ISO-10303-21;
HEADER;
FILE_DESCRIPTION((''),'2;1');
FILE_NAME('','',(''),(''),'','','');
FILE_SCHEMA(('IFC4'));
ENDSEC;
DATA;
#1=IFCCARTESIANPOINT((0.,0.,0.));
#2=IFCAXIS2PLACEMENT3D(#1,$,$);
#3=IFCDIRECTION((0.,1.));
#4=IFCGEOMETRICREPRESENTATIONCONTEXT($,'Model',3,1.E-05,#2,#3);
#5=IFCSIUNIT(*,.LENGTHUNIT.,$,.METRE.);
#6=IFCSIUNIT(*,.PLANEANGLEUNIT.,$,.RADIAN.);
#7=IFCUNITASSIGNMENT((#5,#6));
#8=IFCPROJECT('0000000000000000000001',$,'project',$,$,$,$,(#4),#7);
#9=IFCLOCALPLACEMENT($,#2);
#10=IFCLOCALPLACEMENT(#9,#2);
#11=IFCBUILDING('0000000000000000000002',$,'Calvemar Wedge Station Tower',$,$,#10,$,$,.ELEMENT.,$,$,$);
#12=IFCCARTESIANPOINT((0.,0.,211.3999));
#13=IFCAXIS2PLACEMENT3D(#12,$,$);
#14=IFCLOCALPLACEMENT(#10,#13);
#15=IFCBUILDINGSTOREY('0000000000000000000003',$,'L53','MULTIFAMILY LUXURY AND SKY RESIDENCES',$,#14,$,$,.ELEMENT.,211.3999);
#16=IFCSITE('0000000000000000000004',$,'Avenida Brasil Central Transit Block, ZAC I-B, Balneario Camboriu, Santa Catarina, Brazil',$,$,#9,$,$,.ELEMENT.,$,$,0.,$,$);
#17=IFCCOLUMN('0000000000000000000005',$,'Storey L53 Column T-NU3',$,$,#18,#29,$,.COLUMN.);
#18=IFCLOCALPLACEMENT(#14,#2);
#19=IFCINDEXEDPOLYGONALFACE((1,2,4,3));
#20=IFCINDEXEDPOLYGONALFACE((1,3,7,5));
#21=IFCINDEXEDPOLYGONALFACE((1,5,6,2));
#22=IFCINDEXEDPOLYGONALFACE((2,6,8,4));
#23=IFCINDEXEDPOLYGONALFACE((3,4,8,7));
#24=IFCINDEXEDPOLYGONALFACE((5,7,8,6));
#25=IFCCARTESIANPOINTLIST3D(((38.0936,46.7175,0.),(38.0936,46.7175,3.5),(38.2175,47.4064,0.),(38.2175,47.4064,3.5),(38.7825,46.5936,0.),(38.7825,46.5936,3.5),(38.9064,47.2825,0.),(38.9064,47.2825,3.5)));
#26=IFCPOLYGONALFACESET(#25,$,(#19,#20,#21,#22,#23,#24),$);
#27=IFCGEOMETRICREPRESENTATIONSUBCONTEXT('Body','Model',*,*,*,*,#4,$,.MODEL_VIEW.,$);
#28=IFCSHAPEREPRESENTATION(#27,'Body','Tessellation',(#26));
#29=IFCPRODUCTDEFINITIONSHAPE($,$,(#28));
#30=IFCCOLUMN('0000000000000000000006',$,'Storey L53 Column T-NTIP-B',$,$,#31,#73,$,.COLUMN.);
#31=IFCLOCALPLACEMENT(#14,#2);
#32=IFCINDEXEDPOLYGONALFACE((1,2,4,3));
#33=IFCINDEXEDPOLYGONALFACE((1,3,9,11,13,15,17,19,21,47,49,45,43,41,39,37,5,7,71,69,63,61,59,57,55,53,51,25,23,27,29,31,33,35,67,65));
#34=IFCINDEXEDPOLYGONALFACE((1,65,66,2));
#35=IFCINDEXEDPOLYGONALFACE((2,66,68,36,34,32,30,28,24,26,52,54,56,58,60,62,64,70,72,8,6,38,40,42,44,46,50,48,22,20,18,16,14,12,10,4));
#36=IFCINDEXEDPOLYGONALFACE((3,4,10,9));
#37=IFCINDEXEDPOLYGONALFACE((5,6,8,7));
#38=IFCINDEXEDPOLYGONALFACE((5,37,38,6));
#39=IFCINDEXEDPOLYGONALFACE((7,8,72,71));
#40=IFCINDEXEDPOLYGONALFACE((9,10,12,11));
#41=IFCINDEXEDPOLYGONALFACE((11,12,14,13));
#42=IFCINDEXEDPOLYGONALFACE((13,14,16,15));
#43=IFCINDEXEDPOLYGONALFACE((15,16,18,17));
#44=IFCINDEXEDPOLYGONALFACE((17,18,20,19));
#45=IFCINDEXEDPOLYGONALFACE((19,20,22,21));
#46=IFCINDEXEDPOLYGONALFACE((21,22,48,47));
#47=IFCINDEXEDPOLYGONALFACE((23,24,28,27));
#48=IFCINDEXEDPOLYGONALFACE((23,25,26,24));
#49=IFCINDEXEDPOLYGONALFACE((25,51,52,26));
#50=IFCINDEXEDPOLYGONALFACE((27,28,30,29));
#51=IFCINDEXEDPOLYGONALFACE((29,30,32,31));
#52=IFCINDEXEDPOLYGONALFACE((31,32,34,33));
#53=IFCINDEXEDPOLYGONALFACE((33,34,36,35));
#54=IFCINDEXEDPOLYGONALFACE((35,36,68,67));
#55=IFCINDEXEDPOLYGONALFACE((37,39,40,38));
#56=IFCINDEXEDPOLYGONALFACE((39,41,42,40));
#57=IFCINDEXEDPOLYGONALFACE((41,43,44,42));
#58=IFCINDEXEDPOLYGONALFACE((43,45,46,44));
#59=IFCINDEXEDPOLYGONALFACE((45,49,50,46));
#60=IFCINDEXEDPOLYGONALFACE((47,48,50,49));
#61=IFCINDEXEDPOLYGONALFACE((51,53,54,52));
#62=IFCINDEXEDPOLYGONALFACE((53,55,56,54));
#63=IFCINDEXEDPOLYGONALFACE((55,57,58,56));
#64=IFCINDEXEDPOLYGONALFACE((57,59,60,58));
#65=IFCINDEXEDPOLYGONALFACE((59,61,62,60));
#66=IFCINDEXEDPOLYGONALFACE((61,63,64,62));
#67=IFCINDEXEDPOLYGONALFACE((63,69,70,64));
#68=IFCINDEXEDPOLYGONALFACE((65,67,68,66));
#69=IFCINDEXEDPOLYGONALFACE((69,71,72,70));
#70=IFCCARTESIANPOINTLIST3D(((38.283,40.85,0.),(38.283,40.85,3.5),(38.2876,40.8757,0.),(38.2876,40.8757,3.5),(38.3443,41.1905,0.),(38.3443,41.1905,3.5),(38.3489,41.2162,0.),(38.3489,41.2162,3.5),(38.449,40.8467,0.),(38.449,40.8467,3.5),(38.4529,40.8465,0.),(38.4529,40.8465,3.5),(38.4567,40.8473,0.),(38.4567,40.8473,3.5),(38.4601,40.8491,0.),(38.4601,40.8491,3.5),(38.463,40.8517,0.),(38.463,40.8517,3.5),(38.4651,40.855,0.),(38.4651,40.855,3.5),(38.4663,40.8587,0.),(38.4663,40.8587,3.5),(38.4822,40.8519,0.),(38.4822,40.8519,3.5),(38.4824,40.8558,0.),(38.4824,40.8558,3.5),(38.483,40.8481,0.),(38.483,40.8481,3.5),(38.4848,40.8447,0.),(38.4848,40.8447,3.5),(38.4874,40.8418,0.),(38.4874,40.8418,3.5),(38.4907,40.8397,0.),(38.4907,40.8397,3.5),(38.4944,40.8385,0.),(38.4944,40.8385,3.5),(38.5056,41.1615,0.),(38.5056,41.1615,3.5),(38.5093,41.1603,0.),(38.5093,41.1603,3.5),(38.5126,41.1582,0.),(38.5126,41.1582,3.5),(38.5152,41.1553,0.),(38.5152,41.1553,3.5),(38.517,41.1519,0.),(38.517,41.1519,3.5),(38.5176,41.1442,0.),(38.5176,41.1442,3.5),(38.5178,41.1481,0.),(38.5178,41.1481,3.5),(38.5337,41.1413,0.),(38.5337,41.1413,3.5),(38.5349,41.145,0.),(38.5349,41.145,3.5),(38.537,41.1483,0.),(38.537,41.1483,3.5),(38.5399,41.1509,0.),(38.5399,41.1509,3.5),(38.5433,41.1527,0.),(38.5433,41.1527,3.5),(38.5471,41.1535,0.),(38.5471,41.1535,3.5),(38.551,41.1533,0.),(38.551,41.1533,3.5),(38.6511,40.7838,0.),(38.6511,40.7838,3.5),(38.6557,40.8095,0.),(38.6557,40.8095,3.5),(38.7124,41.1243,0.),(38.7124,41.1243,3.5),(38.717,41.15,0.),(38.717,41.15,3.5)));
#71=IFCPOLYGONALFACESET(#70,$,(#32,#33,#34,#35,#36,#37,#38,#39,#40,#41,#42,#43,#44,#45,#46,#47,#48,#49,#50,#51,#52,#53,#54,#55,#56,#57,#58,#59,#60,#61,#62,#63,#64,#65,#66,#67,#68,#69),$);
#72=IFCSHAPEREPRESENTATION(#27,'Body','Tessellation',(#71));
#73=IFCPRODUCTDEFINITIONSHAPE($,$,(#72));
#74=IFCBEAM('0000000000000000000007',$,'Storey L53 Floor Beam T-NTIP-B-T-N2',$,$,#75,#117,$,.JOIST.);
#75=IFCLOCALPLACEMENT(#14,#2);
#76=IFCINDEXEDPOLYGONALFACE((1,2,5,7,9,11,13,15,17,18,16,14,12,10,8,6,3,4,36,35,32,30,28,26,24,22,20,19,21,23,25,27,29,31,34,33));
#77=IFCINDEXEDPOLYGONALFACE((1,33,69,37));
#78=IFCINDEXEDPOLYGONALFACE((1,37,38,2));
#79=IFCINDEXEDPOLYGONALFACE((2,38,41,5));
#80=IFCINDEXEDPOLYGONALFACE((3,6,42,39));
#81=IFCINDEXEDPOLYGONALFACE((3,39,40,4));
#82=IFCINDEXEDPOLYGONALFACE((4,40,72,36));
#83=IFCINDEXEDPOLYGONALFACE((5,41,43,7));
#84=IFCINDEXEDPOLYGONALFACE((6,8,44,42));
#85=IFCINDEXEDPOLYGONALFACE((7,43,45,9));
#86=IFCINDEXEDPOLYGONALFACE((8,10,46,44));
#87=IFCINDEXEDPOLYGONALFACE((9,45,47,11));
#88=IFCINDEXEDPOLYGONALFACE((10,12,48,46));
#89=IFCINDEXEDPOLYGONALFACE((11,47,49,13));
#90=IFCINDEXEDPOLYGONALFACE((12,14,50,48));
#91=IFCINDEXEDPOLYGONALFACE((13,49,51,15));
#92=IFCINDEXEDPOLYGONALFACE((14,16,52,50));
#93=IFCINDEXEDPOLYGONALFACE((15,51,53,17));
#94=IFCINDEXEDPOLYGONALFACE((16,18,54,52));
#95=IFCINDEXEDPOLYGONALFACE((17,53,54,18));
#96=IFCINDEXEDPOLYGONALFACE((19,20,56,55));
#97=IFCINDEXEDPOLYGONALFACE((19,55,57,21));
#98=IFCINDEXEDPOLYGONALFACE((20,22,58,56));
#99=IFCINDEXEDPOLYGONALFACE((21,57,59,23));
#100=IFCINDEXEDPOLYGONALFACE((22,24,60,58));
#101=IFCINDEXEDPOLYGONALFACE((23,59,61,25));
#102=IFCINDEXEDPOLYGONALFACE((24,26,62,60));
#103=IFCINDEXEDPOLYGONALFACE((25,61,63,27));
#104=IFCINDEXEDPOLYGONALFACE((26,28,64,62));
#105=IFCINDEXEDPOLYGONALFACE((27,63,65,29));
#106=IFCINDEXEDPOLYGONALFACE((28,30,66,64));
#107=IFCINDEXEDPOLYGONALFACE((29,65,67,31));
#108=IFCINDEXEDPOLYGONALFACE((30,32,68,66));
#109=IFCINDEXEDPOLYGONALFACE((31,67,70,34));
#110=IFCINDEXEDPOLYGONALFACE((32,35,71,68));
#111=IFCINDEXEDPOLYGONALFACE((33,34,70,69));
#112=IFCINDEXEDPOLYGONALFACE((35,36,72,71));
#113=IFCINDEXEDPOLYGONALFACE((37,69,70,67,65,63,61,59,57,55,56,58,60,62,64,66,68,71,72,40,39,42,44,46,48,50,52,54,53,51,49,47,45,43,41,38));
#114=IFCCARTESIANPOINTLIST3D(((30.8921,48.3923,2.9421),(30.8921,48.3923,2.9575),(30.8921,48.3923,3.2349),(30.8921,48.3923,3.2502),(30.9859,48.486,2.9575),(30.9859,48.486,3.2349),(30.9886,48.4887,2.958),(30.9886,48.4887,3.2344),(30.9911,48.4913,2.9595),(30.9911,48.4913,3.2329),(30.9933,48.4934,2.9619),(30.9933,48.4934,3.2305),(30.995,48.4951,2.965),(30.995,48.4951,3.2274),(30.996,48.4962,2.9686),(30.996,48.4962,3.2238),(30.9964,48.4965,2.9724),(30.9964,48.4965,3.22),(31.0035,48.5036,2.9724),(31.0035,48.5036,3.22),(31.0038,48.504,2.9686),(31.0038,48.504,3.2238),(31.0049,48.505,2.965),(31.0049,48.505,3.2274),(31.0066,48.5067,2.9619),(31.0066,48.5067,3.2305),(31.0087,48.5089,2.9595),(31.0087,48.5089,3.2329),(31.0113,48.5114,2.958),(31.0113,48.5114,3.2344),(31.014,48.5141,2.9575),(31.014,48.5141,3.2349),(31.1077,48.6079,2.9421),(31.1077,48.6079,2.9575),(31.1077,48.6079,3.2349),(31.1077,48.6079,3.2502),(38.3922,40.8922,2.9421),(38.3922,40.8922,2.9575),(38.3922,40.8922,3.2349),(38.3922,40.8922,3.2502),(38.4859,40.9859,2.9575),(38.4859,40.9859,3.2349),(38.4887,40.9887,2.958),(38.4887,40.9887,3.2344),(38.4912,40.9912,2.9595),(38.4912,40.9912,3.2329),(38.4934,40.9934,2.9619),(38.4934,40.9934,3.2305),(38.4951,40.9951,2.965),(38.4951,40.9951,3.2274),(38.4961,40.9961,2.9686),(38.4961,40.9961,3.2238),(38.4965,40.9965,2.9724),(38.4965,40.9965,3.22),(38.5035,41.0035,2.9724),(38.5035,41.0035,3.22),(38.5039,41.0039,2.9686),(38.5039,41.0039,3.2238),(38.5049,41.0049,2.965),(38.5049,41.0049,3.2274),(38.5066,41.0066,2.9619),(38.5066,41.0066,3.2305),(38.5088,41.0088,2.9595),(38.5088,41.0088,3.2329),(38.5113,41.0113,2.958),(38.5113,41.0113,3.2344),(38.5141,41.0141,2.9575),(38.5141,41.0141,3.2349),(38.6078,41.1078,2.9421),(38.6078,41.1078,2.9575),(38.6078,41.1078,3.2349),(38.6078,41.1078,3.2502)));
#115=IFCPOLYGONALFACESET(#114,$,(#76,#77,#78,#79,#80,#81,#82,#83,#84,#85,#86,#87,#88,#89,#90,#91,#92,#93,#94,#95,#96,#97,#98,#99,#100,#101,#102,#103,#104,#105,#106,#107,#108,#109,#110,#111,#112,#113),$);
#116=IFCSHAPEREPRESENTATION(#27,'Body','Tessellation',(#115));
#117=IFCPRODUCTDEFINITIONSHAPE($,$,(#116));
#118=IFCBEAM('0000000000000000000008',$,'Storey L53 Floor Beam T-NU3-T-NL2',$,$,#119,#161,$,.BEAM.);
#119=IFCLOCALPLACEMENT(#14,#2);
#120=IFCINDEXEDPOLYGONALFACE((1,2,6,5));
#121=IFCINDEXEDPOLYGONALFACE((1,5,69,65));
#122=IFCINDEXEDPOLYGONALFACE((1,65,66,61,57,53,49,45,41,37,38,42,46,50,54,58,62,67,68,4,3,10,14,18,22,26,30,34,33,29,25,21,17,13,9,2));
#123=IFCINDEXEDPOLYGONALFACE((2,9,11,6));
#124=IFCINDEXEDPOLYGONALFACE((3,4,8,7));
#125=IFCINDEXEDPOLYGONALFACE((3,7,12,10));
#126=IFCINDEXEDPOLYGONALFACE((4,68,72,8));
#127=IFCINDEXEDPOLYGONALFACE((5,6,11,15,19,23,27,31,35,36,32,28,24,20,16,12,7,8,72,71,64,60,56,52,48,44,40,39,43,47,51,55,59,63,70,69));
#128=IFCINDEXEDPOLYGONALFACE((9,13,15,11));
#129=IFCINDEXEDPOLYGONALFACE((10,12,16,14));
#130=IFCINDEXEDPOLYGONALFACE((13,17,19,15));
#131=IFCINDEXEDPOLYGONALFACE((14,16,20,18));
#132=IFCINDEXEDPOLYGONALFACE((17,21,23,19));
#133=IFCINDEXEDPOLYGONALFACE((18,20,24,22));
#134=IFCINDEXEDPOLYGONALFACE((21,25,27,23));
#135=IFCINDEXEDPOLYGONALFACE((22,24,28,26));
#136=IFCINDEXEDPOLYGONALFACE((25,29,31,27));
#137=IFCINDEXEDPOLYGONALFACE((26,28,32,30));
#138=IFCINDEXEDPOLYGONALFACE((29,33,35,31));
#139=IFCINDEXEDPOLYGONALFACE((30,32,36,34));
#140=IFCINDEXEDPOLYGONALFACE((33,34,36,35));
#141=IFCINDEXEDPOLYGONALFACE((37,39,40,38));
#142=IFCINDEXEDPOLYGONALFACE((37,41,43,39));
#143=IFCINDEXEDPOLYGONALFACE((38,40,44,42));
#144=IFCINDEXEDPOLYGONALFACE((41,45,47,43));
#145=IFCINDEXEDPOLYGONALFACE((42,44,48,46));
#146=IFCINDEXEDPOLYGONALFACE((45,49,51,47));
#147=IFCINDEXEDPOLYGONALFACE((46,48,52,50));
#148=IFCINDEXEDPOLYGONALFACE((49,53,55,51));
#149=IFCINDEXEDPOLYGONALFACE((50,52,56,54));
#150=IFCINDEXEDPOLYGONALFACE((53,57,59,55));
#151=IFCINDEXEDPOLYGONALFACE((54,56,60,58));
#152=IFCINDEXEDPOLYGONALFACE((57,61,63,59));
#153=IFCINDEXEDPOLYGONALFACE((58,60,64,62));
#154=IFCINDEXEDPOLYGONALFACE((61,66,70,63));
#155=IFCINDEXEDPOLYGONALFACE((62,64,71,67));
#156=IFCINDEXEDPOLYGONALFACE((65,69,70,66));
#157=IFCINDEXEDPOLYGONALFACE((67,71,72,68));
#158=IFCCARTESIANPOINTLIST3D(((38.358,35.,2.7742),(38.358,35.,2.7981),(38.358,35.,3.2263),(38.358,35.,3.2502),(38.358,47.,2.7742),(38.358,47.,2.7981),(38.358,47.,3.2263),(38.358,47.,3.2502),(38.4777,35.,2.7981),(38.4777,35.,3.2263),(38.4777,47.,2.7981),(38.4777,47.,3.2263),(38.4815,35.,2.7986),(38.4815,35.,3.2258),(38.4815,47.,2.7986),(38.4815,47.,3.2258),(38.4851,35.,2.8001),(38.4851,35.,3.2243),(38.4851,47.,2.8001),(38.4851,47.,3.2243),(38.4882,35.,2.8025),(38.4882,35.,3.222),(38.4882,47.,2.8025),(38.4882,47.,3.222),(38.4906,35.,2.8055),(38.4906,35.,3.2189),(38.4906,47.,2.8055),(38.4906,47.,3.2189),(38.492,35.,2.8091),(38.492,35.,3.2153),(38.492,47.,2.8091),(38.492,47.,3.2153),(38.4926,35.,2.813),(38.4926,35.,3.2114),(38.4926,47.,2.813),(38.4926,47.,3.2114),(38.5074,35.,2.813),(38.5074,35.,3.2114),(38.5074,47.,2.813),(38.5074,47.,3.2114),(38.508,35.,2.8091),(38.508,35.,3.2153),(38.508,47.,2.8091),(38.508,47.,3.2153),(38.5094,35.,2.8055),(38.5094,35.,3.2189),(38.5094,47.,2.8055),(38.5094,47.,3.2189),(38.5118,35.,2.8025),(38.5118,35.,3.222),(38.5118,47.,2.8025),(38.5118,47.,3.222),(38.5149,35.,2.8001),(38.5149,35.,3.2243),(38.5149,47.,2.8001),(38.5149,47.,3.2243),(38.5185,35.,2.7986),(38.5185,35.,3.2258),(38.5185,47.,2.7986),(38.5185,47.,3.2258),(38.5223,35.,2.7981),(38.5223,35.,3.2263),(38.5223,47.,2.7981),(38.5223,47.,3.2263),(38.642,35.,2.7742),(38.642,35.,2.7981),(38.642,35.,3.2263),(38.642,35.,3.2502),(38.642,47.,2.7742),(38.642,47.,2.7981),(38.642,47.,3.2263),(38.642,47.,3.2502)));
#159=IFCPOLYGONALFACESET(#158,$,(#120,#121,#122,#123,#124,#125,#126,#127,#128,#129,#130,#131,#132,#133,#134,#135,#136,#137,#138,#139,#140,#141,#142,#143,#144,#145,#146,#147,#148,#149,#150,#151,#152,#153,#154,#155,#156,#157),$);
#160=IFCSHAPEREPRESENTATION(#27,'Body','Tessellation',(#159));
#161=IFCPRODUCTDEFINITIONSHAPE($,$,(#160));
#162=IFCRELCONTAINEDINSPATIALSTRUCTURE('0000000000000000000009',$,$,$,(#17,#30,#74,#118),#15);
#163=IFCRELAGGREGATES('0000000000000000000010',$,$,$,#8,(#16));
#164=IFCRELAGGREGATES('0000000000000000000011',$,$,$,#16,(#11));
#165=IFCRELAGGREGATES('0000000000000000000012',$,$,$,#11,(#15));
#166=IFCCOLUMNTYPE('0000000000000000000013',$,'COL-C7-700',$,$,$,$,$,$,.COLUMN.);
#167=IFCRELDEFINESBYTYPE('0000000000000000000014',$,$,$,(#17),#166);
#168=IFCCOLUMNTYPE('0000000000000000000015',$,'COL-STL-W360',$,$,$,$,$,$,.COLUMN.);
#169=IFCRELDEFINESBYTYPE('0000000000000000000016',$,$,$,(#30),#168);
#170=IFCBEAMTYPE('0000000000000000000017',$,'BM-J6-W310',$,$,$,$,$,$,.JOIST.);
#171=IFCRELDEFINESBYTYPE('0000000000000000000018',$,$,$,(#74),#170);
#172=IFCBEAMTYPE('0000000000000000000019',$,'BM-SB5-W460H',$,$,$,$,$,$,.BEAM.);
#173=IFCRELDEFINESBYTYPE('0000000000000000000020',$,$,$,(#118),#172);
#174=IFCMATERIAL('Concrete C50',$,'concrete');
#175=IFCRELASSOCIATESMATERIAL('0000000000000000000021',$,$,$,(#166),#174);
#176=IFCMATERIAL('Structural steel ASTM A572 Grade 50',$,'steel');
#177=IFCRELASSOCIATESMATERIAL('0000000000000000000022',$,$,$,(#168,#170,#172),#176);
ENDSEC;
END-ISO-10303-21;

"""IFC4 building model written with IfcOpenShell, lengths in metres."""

from ifc_helpers import new_model, si_unit, direction, frame, origin, origin_2d, place, context, subcontext, project, spatial, rectangle, i_section, extrude, source, transform, mapped, material, material_profile, profile_set, type_object, element, save


model = new_model("IFC4")

# Units and contexts
model_context = context("Model", 3, precision=1e-05, world=origin(), true_north=direction((0.0, 1.0)))
body_context = subcontext(model_context, "Body", "Model", "MODEL_VIEW")
ifc_project = project(units=[si_unit("LENGTHUNIT", "METRE"), si_unit("PLANEANGLEUNIT", "RADIAN")], contexts=[model_context])

# Site, building, storey
site_placement = place(None, origin())
site = spatial("IfcSite", under=ifc_project, at=site_placement, Name="Avenida Brasil Central Transit Block, ZAC I-B, Balneario Camboriu, Santa Catarina, Brazil", CompositionType="ELEMENT", RefElevation=0.0)
building_placement = place(site_placement, origin())
building = spatial("IfcBuilding", under=site, at=building_placement, Name="Calvemar Wedge Station Tower", CompositionType="ELEMENT")
storey_placement = place(building_placement, frame((0.0, 0.0, 211.3999)))
storey = spatial("IfcBuildingStorey", under=building, at=storey_placement, Name="L53", Description="MULTIFAMILY LUXURY AND SKY RESIDENCES", CompositionType="ELEMENT", Elevation=211.3999)

# Columns
ifc_material_1 = material(Name="Concrete C50", Category="concrete")
ifc_material_profile_1 = material_profile(ifc_material_1, rectangle(XDim=0.7, YDim=0.7, at=origin_2d()), Name="RC700x700")
ifc_profile_set_1 = profile_set([ifc_material_profile_1], Name="Concrete C50")
column_type_1 = type_object("IfcColumnType", Name="COL-C7-700", PredefinedType="COLUMN", material=ifc_profile_set_1)
shared_shape_1 = source(origin(), body_context, "Body", "SweptSolid", [
    extrude(rectangle(XDim=0.7, YDim=0.7, at=origin_2d()), origin(), (0.0, 0.0, 1.0), 3.5),
])
column_1_placement = place(storey_placement, frame((38.5, 47.0, 0.0), z_axis=(0.0, 0.0, 1.0), x_axis=(0.984196, -0.177085, 0.0)))
element("IfcColumn", 1, at=column_1_placement, inside=storey, type_object=column_type_1, Name="Storey L53 Column T-NU3", PredefinedType="COLUMN", context=body_context, shape_type="MappedRepresentation", body=[
    mapped(shared_shape_1, transform((0.0, 0.0, 0.0), scale=1.0)),
])
ifc_material_2 = material(Name="Structural steel ASTM A572 Grade 50", Category="steel")
ifc_material_profile_2 = material_profile(ifc_material_2, i_section(OverallWidth=0.374, OverallDepth=0.3721, WebThickness=0.0164, FlangeThickness=0.0261, FilletRadius=0.0149, at=origin_2d()), Name="W360x196")
ifc_profile_set_2 = profile_set([ifc_material_profile_2], Name="Structural steel ASTM A572 Grade 50")
column_type_2 = type_object("IfcColumnType", Name="COL-STL-W360", PredefinedType="COLUMN", material=ifc_profile_set_2)
shared_shape_2 = source(origin(), body_context, "Body", "SweptSolid", [
    extrude(i_section(OverallWidth=0.374, OverallDepth=0.3721, WebThickness=0.0164, FlangeThickness=0.0261, FilletRadius=0.0149, at=origin_2d()), origin(), (0.0, 0.0, 1.0), 3.5),
])
column_2_placement = place(storey_placement, frame((38.5, 41.0, 0.0), z_axis=(0.0, 0.0, 1.0), x_axis=(0.984196, -0.177085, 0.0)))
element("IfcColumn", 2, at=column_2_placement, inside=storey, type_object=column_type_2, Name="Storey L53 Column T-NTIP-B", PredefinedType="COLUMN", context=body_context, shape_type="MappedRepresentation", body=[
    mapped(shared_shape_2, transform((0.0, 0.0, 0.0), scale=1.0)),
])

# Beams
ifc_material_profile_3 = material_profile(ifc_material_2, i_section(OverallWidth=0.3049, OverallDepth=0.3081, WebThickness=0.01, FlangeThickness=0.0154, FilletRadius=0.0149, at=origin_2d()), Name="W310x97")
ifc_profile_set_3 = profile_set([ifc_material_profile_3], Name="Structural steel ASTM A572 Grade 50")
beam_type_1 = type_object("IfcBeamType", Name="BM-J6-W310", PredefinedType="JOIST", material=ifc_profile_set_3)
shared_shape_3 = source(origin(), body_context, "Body", "SweptSolid", [
    extrude(i_section(OverallWidth=0.3049, OverallDepth=0.3081, WebThickness=0.01, FlangeThickness=0.0154, FilletRadius=0.0149, at=origin_2d()), origin(), (0.0, 0.0, 1.0), 10.6067),
])
beam_1_placement = place(storey_placement, frame((38.5, 41.0, 3.0962), z_axis=(-0.707107, 0.707107, 0.0), x_axis=(-0.707107, -0.707107, 0.0)))
element("IfcBeam", 3, at=beam_1_placement, inside=storey, type_object=beam_type_1, Name="Storey L53 Floor Beam T-NTIP-B-T-N2", PredefinedType="JOIST", context=body_context, shape_type="MappedRepresentation", body=[
    mapped(shared_shape_3, transform((0.0, 0.0, 0.0), scale=1.0)),
])
ifc_material_profile_4 = material_profile(ifc_material_2, i_section(OverallWidth=0.2839, OverallDepth=0.4761, WebThickness=0.0149, FlangeThickness=0.0239, FilletRadius=0.0149, at=origin_2d()), Name="W460x158")
ifc_profile_set_4 = profile_set([ifc_material_profile_4], Name="Structural steel ASTM A572 Grade 50")
beam_type_2 = type_object("IfcBeamType", Name="BM-SB5-W460H", PredefinedType="BEAM", material=ifc_profile_set_4)
shared_shape_4 = source(origin(), body_context, "Body", "SweptSolid", [
    extrude(i_section(OverallWidth=0.2839, OverallDepth=0.4761, WebThickness=0.0149, FlangeThickness=0.0239, FilletRadius=0.0149, at=origin_2d()), origin(), (0.0, 0.0, 1.0), 12.0),
])
beam_2_placement = place(storey_placement, frame((38.5, 47.0, 3.0122), z_axis=(0.0, -1.0, 0.0), x_axis=(1.0, 0.0, 0.0)))
element("IfcBeam", 4, at=beam_2_placement, inside=storey, type_object=beam_type_2, Name="Storey L53 Floor Beam T-NU3-T-NL2", PredefinedType="BEAM", context=body_context, shape_type="MappedRepresentation", body=[
    mapped(shared_shape_4, transform((0.0, 0.0, 0.0), scale=1.0)),
])

save(model, "model.ifc")
